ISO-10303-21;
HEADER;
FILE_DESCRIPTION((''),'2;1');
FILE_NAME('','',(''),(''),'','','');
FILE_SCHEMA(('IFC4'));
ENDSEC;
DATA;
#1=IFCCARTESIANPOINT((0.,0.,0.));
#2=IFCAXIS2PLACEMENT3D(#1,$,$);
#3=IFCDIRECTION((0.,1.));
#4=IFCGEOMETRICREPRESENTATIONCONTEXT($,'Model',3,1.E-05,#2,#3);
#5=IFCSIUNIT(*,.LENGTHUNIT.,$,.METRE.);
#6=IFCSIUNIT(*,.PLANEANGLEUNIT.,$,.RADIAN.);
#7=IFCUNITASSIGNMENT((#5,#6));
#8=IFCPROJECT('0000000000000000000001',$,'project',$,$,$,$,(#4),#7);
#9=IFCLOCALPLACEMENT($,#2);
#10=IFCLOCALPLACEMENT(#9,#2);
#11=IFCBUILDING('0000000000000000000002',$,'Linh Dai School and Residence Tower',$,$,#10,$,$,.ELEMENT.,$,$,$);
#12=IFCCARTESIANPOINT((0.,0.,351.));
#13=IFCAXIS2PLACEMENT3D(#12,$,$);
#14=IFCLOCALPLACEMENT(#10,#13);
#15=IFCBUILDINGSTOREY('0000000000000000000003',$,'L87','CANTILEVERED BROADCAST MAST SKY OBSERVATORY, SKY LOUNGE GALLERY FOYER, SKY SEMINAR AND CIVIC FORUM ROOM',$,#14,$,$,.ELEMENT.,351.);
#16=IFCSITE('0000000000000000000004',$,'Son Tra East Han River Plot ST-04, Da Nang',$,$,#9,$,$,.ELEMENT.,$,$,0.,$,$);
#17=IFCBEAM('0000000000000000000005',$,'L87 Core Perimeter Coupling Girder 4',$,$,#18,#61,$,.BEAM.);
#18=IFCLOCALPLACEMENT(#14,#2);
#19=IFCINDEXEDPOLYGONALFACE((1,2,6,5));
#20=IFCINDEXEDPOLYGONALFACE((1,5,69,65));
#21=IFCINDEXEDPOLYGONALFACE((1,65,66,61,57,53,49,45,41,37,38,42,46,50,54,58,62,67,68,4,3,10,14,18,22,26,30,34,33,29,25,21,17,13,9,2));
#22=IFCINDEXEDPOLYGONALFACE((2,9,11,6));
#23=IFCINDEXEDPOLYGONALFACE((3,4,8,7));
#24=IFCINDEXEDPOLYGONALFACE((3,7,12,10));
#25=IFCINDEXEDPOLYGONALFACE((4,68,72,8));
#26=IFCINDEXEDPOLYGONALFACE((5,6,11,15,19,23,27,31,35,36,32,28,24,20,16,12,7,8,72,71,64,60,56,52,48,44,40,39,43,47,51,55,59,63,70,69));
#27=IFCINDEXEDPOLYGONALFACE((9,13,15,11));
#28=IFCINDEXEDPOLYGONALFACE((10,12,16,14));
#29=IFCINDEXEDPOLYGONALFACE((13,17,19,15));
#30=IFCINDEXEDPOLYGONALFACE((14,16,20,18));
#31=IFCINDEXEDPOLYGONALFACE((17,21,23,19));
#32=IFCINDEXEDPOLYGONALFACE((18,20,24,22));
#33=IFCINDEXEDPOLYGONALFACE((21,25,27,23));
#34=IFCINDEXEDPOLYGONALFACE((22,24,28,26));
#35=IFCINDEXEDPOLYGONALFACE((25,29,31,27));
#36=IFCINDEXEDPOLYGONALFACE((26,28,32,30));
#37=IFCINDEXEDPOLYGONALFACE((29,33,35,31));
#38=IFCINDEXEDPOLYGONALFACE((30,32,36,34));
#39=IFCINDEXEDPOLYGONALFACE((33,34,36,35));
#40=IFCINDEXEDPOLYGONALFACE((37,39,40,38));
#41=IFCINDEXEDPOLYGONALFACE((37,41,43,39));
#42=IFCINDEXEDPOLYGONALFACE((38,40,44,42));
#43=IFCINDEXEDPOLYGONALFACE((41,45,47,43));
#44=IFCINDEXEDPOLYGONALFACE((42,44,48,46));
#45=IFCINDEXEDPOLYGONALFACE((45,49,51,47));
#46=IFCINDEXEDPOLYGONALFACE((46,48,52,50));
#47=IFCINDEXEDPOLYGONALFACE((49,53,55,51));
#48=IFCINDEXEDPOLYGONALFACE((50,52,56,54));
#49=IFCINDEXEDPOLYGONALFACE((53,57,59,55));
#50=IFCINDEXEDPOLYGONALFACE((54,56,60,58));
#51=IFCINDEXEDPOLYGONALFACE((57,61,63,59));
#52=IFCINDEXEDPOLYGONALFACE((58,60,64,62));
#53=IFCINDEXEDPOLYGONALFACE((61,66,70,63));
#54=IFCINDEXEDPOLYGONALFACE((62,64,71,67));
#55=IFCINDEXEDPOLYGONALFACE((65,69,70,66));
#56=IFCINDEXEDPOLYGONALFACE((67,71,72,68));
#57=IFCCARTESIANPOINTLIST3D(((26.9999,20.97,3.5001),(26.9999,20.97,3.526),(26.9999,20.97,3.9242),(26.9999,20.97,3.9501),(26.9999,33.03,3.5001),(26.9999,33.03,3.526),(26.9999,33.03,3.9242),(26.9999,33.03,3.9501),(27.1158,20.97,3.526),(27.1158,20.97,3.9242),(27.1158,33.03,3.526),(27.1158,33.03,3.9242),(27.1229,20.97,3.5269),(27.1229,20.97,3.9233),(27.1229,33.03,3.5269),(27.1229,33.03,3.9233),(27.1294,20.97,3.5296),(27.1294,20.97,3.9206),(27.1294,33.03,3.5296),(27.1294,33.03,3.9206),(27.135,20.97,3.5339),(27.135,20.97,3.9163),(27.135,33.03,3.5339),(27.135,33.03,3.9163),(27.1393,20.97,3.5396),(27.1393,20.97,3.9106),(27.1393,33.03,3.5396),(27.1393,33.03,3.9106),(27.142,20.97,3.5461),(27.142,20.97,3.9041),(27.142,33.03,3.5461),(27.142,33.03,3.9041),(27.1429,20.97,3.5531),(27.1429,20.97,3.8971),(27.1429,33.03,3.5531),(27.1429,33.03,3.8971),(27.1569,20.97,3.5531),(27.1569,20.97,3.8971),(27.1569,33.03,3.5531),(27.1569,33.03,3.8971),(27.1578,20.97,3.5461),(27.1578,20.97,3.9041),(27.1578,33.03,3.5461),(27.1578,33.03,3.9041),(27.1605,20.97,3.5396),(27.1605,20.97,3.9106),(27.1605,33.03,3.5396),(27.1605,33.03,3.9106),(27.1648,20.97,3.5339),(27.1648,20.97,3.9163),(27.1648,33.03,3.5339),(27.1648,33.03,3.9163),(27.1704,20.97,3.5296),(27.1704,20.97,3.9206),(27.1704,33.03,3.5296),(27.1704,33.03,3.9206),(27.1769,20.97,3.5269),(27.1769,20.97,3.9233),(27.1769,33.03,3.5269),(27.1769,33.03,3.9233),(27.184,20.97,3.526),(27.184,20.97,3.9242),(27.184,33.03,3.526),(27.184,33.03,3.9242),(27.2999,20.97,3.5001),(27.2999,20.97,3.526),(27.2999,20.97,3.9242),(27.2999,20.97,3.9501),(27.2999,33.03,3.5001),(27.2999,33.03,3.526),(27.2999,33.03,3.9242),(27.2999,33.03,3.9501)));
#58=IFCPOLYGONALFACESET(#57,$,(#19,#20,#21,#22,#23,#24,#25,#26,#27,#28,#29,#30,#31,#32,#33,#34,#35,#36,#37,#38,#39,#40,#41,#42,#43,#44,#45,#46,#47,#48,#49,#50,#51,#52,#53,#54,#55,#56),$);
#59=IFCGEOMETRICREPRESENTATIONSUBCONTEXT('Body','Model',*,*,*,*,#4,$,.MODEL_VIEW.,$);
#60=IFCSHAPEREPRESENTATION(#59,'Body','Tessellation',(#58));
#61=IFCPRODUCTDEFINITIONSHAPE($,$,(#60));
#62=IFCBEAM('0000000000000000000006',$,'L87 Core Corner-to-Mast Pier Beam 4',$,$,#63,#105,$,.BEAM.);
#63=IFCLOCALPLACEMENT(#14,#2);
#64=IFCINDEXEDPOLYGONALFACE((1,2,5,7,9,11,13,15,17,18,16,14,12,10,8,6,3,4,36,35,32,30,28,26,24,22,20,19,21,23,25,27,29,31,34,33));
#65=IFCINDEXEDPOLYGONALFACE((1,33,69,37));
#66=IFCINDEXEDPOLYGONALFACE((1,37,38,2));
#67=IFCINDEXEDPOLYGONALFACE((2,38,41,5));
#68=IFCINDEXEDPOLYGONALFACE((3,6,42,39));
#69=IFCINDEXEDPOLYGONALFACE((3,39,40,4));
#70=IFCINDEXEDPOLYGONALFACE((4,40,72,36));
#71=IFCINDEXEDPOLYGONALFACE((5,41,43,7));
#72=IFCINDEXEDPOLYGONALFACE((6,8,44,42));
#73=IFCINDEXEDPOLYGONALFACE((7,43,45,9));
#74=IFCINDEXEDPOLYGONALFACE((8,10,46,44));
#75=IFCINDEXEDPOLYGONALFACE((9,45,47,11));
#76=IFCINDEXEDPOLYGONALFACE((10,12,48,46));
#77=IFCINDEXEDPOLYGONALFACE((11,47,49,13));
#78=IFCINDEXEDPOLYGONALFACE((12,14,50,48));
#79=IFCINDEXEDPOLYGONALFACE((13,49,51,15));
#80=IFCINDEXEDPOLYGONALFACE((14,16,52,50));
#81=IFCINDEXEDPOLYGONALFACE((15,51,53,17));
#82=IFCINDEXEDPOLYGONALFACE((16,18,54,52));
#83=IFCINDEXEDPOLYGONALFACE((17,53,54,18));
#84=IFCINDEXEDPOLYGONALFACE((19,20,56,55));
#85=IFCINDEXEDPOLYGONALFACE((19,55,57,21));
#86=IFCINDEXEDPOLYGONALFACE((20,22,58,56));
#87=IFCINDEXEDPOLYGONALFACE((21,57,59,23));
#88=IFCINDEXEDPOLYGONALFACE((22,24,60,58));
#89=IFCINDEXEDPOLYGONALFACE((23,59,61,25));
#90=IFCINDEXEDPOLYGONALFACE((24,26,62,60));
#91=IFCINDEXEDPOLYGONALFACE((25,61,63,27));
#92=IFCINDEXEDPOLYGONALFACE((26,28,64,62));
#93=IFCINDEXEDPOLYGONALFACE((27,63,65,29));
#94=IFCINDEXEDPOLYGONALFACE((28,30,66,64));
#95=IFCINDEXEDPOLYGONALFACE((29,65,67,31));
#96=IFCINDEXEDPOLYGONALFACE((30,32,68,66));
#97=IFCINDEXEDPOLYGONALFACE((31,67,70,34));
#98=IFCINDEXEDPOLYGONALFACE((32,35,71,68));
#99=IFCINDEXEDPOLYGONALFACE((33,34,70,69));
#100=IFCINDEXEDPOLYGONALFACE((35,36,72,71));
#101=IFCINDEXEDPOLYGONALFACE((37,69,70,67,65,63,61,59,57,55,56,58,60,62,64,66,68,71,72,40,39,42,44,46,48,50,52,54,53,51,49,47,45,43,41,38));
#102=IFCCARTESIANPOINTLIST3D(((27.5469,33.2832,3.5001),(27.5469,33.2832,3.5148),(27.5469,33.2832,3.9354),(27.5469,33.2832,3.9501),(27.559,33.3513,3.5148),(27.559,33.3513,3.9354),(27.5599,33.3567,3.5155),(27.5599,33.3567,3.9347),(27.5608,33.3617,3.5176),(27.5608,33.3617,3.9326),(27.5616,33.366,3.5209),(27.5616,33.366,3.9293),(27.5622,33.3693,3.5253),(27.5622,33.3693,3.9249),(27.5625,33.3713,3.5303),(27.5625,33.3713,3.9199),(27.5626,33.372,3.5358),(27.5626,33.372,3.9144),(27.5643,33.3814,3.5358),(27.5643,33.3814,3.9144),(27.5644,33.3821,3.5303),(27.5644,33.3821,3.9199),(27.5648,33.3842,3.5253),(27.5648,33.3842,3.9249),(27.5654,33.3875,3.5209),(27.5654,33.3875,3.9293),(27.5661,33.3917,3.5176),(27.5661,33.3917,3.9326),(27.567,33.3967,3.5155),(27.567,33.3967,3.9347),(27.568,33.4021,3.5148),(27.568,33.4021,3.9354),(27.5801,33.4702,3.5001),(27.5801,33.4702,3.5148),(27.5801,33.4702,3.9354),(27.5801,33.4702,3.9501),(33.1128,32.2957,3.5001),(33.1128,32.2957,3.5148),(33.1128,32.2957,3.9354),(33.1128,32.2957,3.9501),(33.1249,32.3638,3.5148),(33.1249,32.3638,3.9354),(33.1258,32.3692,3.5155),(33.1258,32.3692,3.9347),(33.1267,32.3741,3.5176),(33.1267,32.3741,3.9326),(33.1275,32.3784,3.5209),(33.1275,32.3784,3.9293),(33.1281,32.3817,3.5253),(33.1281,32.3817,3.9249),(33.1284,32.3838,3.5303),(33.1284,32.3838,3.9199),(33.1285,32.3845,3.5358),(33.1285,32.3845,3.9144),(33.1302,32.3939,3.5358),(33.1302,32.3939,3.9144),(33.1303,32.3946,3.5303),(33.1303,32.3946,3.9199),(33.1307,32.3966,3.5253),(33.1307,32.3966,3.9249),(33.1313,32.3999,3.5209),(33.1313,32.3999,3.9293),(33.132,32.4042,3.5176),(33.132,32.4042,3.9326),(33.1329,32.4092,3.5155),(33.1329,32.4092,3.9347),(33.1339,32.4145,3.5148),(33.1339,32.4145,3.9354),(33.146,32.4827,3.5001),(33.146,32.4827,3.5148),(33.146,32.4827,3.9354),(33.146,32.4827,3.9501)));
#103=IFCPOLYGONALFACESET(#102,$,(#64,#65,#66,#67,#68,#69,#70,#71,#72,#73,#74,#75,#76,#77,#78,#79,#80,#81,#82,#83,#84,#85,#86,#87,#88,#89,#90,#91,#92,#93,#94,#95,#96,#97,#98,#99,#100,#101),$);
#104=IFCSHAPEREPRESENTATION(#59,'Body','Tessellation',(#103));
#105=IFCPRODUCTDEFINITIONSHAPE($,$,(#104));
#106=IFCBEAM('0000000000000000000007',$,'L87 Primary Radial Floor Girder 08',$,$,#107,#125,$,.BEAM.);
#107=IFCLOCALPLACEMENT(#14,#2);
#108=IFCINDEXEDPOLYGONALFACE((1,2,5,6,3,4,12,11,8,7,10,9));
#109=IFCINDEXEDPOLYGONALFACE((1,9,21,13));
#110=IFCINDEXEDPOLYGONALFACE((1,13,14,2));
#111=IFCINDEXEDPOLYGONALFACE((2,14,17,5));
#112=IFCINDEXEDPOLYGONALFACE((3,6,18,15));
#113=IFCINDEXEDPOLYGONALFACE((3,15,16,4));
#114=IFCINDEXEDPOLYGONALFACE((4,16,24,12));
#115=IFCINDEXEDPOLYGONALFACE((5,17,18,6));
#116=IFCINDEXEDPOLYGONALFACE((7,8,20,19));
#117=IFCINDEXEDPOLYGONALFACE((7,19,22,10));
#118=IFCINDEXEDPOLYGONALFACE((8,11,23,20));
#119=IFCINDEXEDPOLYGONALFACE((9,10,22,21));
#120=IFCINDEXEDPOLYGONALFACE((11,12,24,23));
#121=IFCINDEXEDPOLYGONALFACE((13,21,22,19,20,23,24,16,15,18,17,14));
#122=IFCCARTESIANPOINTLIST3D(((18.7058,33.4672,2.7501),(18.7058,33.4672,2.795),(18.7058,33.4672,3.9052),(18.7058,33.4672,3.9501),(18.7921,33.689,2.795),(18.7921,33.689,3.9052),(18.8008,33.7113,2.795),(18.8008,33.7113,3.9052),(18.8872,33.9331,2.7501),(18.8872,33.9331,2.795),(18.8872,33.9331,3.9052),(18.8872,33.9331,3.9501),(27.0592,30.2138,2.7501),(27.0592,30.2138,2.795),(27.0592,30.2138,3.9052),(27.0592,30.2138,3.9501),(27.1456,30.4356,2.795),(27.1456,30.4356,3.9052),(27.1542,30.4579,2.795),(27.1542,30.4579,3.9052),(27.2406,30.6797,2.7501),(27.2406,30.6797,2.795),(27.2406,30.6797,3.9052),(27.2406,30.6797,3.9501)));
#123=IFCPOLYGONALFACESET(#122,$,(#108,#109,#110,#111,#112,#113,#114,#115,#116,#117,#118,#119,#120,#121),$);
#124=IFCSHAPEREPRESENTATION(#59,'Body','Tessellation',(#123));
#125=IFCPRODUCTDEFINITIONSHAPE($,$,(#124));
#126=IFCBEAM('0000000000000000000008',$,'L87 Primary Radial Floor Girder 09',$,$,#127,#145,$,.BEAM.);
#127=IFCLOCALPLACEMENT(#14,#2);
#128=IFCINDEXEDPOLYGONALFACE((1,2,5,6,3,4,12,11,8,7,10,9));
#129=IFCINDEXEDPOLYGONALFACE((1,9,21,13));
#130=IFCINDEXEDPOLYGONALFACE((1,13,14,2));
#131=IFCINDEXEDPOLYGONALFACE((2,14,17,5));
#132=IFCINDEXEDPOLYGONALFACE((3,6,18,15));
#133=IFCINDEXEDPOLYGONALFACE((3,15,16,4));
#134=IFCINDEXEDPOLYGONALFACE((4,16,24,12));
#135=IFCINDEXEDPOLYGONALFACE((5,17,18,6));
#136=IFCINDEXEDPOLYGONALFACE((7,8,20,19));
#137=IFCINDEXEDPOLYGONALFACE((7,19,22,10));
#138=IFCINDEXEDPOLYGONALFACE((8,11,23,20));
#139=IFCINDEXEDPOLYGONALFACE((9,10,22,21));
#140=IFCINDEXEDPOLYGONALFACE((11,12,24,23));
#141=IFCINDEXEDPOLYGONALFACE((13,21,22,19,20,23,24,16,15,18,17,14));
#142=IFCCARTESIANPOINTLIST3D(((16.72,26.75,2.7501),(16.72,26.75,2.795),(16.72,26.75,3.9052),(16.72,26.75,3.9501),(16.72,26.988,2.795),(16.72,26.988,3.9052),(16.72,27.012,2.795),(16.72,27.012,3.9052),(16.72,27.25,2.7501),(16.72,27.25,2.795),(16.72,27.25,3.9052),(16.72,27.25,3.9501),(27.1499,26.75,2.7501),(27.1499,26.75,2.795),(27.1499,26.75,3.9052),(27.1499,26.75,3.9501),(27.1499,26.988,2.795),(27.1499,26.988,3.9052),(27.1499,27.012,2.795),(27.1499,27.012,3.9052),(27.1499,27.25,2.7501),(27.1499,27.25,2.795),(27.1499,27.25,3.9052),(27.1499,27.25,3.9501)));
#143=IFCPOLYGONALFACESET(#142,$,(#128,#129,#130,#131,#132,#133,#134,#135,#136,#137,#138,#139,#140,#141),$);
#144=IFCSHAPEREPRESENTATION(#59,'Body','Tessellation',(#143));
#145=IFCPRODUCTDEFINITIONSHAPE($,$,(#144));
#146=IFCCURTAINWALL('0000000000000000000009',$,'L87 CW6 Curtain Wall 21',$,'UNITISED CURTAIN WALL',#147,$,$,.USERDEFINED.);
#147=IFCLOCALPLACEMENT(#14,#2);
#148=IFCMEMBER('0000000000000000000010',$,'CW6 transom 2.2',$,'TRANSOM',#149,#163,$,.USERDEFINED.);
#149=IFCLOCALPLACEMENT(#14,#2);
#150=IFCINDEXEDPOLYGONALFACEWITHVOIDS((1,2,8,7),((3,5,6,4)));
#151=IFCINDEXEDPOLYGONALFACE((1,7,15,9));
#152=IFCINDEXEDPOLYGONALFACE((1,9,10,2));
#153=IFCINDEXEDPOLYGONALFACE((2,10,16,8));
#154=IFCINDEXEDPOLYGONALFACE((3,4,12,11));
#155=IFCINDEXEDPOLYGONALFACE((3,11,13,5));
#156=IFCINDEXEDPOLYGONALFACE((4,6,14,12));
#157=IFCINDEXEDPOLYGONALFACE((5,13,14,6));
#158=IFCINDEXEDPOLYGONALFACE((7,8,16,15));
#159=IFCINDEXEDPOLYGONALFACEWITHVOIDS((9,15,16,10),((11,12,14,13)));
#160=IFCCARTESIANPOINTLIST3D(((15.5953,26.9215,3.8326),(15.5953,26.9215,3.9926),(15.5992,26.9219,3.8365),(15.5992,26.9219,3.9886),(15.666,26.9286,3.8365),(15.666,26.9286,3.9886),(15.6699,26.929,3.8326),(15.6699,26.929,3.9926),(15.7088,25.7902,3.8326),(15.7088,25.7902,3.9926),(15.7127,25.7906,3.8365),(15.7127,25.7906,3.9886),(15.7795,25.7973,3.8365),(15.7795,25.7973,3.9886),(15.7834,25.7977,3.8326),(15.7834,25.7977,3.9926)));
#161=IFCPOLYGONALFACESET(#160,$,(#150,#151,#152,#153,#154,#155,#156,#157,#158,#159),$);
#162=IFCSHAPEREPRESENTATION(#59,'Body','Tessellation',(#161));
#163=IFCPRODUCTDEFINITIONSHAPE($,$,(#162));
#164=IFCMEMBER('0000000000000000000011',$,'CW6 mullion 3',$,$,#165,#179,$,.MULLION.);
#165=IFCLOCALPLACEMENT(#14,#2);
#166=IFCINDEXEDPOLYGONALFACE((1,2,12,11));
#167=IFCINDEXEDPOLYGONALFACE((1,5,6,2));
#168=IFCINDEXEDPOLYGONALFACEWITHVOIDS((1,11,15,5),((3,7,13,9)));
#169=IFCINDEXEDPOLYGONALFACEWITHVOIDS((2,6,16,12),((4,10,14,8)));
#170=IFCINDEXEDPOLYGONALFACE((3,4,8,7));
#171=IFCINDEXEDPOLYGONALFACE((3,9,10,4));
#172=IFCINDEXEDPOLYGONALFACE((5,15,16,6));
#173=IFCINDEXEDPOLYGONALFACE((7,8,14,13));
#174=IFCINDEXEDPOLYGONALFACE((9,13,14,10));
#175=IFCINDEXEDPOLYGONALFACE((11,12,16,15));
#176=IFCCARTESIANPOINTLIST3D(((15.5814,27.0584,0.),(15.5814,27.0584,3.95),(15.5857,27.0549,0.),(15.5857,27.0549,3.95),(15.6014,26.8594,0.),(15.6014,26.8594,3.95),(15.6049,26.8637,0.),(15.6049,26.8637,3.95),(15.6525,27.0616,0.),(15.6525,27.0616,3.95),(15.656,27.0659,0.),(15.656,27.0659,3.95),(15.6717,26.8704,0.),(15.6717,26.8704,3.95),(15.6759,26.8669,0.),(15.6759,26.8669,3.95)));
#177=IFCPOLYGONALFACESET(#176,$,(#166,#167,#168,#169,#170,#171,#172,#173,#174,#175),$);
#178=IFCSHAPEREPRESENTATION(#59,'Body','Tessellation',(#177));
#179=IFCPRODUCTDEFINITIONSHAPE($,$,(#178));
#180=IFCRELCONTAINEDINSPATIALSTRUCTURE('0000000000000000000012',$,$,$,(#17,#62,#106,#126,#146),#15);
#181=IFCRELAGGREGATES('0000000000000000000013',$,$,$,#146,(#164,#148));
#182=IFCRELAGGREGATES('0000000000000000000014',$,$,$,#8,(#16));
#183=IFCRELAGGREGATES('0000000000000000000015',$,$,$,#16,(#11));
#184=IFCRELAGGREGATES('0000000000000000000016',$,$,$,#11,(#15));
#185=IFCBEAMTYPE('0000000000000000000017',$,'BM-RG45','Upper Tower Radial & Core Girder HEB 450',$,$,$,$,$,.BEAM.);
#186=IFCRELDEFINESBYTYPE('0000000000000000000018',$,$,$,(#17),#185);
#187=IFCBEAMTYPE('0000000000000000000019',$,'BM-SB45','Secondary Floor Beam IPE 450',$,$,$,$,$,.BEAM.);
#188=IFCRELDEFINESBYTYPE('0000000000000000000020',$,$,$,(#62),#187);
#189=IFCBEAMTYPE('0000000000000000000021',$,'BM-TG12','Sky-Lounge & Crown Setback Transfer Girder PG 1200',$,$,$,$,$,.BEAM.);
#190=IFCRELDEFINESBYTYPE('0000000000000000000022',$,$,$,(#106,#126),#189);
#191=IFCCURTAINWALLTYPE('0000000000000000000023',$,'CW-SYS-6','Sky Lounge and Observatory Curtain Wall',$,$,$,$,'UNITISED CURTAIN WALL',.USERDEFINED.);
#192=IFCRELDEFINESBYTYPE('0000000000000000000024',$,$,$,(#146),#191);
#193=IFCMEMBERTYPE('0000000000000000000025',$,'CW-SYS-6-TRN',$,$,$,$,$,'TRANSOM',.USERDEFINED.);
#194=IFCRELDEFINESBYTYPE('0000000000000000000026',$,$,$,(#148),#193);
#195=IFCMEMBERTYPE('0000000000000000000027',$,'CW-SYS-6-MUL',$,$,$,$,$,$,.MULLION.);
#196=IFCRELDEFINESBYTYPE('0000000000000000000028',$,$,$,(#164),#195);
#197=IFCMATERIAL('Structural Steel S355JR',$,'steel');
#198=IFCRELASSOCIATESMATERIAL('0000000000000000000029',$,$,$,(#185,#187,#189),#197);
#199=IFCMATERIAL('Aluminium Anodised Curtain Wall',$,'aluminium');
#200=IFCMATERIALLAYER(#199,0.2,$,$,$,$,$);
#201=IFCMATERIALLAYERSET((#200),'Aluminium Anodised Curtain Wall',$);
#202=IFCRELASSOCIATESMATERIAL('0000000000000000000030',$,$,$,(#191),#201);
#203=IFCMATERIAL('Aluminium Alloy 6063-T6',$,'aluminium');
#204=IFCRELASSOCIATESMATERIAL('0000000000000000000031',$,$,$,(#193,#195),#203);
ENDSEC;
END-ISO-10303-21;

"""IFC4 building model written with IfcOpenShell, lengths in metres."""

from ifc_helpers import new_model, si_unit, direction, frame, origin, origin_2d, place, context, subcontext, project, spatial, hollow_rectangle, i_section, extrude, source, transform, mapped, material, layer, layer_set, material_profile, profile_set, type_object, element, aggregate, save


model = new_model("IFC4")

# Units and contexts
model_context = context("Model", 3, precision=1e-05, world=origin(), true_north=direction((0.0, 1.0)))
body_context = subcontext(model_context, "Body", "Model", "MODEL_VIEW")
ifc_project = project(units=[si_unit("LENGTHUNIT", "METRE"), si_unit("PLANEANGLEUNIT", "RADIAN")], contexts=[model_context])

# Site, building, storey
site_placement = place(None, origin())
site = spatial("IfcSite", under=ifc_project, at=site_placement, Name="Son Tra East Han River Plot ST-04, Da Nang", CompositionType="ELEMENT", RefElevation=0.0)
building_placement = place(site_placement, origin())
building = spatial("IfcBuilding", under=site, at=building_placement, Name="Linh Dai School and Residence Tower", CompositionType="ELEMENT")
storey_placement = place(building_placement, frame((0.0, 0.0, 351.0)))
storey = spatial("IfcBuildingStorey", under=building, at=storey_placement, Name="L87", Description="CANTILEVERED BROADCAST MAST SKY OBSERVATORY, SKY LOUNGE GALLERY FOYER, SKY SEMINAR AND CIVIC FORUM ROOM", CompositionType="ELEMENT", Elevation=351.0)

# Shared definitions
ifc_material_1 = material(Name="Structural Steel S355JR", Category="steel")

# Beams
ifc_material_profile_1 = material_profile(ifc_material_1, i_section(OverallWidth=0.3, OverallDepth=0.45, WebThickness=0.0139, FlangeThickness=0.0259, FilletRadius=0.0271, at=origin_2d()), Name="HEB 450")
ifc_profile_set_1 = profile_set([ifc_material_profile_1], Name="Structural Steel S355JR")
beam_type_1 = type_object("IfcBeamType", Name="BM-RG45", Description="Upper Tower Radial & Core Girder HEB 450", PredefinedType="BEAM", material=ifc_profile_set_1)
beam_1_placement = place(storey_placement, frame((27.1499, 33.03, 3.7251), z_axis=(0.0, -1.0, 0.0), x_axis=(1.0, 0.0, 0.0)))
element("IfcBeam", 1, at=beam_1_placement, inside=storey, type_object=beam_type_1, Name="L87 Core Perimeter Coupling Girder 4", PredefinedType="BEAM", context=body_context, shape_type="SweptSolid", body=[
    extrude(i_section(OverallWidth=0.3, OverallDepth=0.45, WebThickness=0.0139, FlangeThickness=0.0259, FilletRadius=0.0271, at=origin_2d()), origin(), (0.0, 0.0, 1.0), 12.0601),
])
ifc_material_profile_2 = material_profile(ifc_material_1, i_section(OverallWidth=0.1899, OverallDepth=0.45, WebThickness=0.0095, FlangeThickness=0.0146, FilletRadius=0.021, at=origin_2d()), Name="IPE 450")
ifc_profile_set_2 = profile_set([ifc_material_profile_2], Name="Structural Steel S355JR")
beam_type_2 = type_object("IfcBeamType", Name="BM-SB45", Description="Secondary Floor Beam IPE 450", PredefinedType="BEAM", material=ifc_profile_set_2)
beam_2_placement = place(storey_placement, frame((27.5635, 33.3767, 3.7251), z_axis=(0.984622, -0.174699, 0.0), x_axis=(0.174699, 0.984622, 0.0)))
element("IfcBeam", 2, at=beam_2_placement, inside=storey, type_object=beam_type_2, Name="L87 Core Corner-to-Mast Pier Beam 4", PredefinedType="BEAM", context=body_context, shape_type="SweptSolid", body=[
    extrude(i_section(OverallWidth=0.1899, OverallDepth=0.45, WebThickness=0.0095, FlangeThickness=0.0146, FilletRadius=0.021, at=origin_2d()), origin(), (0.0, 0.0, 1.0), 5.6528),
])
ifc_material_profile_3 = material_profile(ifc_material_1, i_section(OverallWidth=0.5, OverallDepth=1.2, WebThickness=0.0239, FlangeThickness=0.0449, at=origin_2d()), Name="PG 1200x500x24x45")
ifc_profile_set_3 = profile_set([ifc_material_profile_3], Name="Structural Steel S355JR")
beam_type_3 = type_object("IfcBeamType", Name="BM-TG12", Description="Sky-Lounge & Crown Setback Transfer Girder PG 1200", PredefinedType="BEAM", material=ifc_profile_set_3)
beam_3_placement = place(storey_placement, frame((27.1499, 30.4468, 3.3501), z_axis=(-0.931823, 0.362914, 0.0), x_axis=(-0.362914, -0.931823, 0.0)))
element("IfcBeam", 3, at=beam_3_placement, inside=storey, type_object=beam_type_3, Name="L87 Primary Radial Floor Girder 08", PredefinedType="BEAM", context=body_context, shape_type="SweptSolid", body=[
    extrude(i_section(OverallWidth=0.5, OverallDepth=1.2, WebThickness=0.0239, FlangeThickness=0.0449, at=origin_2d()), origin(), (0.0, 0.0, 1.0), 8.9646),
])
beam_4_placement = place(storey_placement, frame((27.1499, 27.0, 3.3501), z_axis=(-1.0, 0.0, 0.0), x_axis=(0.0, -1.0, 0.0)))
element("IfcBeam", 4, at=beam_4_placement, inside=storey, type_object=beam_type_3, Name="L87 Primary Radial Floor Girder 09", PredefinedType="BEAM", context=body_context, shape_type="SweptSolid", body=[
    extrude(i_section(OverallWidth=0.5, OverallDepth=1.2, WebThickness=0.0239, FlangeThickness=0.0449, at=origin_2d()), origin(), (0.0, 0.0, 1.0), 10.4299),
])

# Curtain wall, members
ifc_material_2 = material(Name="Aluminium Anodised Curtain Wall", Category="aluminium")
ifc_layer_1 = layer(ifc_material_2, 0.2)
ifc_layer_set_1 = layer_set([ifc_layer_1], Name="Aluminium Anodised Curtain Wall")
curtain_wall_type = type_object("IfcCurtainWallType", Name="CW-SYS-6", Description="Sky Lounge and Observatory Curtain Wall", ElementType="UNITISED CURTAIN WALL", PredefinedType="USERDEFINED", material=ifc_layer_set_1)
curtain_wall_placement = place(storey_placement, origin())
curtain_wall = element("IfcCurtainWall", 5, at=curtain_wall_placement, inside=storey, type_object=curtain_wall_type, Name="L87 CW6 Curtain Wall 21", ObjectType="UNITISED CURTAIN WALL", PredefinedType="USERDEFINED")
ifc_material_3 = material(Name="Aluminium Alloy 6063-T6", Category="aluminium")
ifc_material_profile_4 = material_profile(ifc_material_3, hollow_rectangle(XDim=0.075, YDim=0.1599, WallThickness=0.0039, at=origin_2d()), Name="RHS 160x75x4")
ifc_profile_set_4 = profile_set([ifc_material_profile_4], Name="Aluminium Alloy 6063-T6")
member_type_1 = type_object("IfcMemberType", Name="CW-SYS-6-TRN", ElementType="TRANSOM", PredefinedType="USERDEFINED", material=ifc_profile_set_4)
shared_shape_1 = source(origin(), body_context, "Body", "SweptSolid", [
    extrude(hollow_rectangle(XDim=0.075, YDim=0.1599, WallThickness=0.0039, at=origin_2d()), origin(), (0.0, 0.0, 1.0), 1.137),
])
member_1_placement = place(storey_placement, frame((15.7461, 25.7939, 3.9126), z_axis=(-0.099844, 0.995003, 0.0), x_axis=(-0.995003, -0.099844, 0.0)))
member_1 = element("IfcMember", 6, at=member_1_placement, type_object=member_type_1, Name="CW6 transom 2.2", ObjectType="TRANSOM", PredefinedType="USERDEFINED", context=body_context, shape_type="MappedRepresentation", body=[
    mapped(shared_shape_1, transform((0.0, 0.0, 0.0), x_axis=(1.0, 0.0, 0.0), y_axis=(0.0, 1.0, 0.0), z_axis=(0.0, 0.0, 1.0), scale=1.0)),
])
ifc_material_profile_5 = material_profile(ifc_material_3, hollow_rectangle(XDim=0.075, YDim=0.2, WallThickness=0.0039, at=origin_2d()), Name="RHS 200x75x4")
ifc_profile_set_5 = profile_set([ifc_material_profile_5], Name="Aluminium Alloy 6063-T6")
member_type_2 = type_object("IfcMemberType", Name="CW-SYS-6-MUL", PredefinedType="MULLION", material=ifc_profile_set_5)
shared_shape_2 = source(origin(), body_context, "Body", "SweptSolid", [
    extrude(hollow_rectangle(XDim=0.075, YDim=0.2, WallThickness=0.0039, at=origin_2d()), origin(), (0.0, 0.0, 1.0), 3.95),
])
member_2_placement = place(storey_placement, frame((15.6287, 26.9626, 0.0), z_axis=(0.0, 0.0, 1.0), x_axis=(-0.994988, -0.099992, 0.0)))
member_2 = element("IfcMember", 7, at=member_2_placement, type_object=member_type_2, Name="CW6 mullion 3", PredefinedType="MULLION", context=body_context, shape_type="MappedRepresentation", body=[
    mapped(shared_shape_2, transform((0.0, 0.0, 0.0), x_axis=(1.0, 0.0, 0.0), y_axis=(0.0, 1.0, 0.0), z_axis=(0.0, 0.0, 1.0), scale=1.0)),
])

aggregate(curtain_wall, [member_2, member_1])

save(model, "model.ifc")
